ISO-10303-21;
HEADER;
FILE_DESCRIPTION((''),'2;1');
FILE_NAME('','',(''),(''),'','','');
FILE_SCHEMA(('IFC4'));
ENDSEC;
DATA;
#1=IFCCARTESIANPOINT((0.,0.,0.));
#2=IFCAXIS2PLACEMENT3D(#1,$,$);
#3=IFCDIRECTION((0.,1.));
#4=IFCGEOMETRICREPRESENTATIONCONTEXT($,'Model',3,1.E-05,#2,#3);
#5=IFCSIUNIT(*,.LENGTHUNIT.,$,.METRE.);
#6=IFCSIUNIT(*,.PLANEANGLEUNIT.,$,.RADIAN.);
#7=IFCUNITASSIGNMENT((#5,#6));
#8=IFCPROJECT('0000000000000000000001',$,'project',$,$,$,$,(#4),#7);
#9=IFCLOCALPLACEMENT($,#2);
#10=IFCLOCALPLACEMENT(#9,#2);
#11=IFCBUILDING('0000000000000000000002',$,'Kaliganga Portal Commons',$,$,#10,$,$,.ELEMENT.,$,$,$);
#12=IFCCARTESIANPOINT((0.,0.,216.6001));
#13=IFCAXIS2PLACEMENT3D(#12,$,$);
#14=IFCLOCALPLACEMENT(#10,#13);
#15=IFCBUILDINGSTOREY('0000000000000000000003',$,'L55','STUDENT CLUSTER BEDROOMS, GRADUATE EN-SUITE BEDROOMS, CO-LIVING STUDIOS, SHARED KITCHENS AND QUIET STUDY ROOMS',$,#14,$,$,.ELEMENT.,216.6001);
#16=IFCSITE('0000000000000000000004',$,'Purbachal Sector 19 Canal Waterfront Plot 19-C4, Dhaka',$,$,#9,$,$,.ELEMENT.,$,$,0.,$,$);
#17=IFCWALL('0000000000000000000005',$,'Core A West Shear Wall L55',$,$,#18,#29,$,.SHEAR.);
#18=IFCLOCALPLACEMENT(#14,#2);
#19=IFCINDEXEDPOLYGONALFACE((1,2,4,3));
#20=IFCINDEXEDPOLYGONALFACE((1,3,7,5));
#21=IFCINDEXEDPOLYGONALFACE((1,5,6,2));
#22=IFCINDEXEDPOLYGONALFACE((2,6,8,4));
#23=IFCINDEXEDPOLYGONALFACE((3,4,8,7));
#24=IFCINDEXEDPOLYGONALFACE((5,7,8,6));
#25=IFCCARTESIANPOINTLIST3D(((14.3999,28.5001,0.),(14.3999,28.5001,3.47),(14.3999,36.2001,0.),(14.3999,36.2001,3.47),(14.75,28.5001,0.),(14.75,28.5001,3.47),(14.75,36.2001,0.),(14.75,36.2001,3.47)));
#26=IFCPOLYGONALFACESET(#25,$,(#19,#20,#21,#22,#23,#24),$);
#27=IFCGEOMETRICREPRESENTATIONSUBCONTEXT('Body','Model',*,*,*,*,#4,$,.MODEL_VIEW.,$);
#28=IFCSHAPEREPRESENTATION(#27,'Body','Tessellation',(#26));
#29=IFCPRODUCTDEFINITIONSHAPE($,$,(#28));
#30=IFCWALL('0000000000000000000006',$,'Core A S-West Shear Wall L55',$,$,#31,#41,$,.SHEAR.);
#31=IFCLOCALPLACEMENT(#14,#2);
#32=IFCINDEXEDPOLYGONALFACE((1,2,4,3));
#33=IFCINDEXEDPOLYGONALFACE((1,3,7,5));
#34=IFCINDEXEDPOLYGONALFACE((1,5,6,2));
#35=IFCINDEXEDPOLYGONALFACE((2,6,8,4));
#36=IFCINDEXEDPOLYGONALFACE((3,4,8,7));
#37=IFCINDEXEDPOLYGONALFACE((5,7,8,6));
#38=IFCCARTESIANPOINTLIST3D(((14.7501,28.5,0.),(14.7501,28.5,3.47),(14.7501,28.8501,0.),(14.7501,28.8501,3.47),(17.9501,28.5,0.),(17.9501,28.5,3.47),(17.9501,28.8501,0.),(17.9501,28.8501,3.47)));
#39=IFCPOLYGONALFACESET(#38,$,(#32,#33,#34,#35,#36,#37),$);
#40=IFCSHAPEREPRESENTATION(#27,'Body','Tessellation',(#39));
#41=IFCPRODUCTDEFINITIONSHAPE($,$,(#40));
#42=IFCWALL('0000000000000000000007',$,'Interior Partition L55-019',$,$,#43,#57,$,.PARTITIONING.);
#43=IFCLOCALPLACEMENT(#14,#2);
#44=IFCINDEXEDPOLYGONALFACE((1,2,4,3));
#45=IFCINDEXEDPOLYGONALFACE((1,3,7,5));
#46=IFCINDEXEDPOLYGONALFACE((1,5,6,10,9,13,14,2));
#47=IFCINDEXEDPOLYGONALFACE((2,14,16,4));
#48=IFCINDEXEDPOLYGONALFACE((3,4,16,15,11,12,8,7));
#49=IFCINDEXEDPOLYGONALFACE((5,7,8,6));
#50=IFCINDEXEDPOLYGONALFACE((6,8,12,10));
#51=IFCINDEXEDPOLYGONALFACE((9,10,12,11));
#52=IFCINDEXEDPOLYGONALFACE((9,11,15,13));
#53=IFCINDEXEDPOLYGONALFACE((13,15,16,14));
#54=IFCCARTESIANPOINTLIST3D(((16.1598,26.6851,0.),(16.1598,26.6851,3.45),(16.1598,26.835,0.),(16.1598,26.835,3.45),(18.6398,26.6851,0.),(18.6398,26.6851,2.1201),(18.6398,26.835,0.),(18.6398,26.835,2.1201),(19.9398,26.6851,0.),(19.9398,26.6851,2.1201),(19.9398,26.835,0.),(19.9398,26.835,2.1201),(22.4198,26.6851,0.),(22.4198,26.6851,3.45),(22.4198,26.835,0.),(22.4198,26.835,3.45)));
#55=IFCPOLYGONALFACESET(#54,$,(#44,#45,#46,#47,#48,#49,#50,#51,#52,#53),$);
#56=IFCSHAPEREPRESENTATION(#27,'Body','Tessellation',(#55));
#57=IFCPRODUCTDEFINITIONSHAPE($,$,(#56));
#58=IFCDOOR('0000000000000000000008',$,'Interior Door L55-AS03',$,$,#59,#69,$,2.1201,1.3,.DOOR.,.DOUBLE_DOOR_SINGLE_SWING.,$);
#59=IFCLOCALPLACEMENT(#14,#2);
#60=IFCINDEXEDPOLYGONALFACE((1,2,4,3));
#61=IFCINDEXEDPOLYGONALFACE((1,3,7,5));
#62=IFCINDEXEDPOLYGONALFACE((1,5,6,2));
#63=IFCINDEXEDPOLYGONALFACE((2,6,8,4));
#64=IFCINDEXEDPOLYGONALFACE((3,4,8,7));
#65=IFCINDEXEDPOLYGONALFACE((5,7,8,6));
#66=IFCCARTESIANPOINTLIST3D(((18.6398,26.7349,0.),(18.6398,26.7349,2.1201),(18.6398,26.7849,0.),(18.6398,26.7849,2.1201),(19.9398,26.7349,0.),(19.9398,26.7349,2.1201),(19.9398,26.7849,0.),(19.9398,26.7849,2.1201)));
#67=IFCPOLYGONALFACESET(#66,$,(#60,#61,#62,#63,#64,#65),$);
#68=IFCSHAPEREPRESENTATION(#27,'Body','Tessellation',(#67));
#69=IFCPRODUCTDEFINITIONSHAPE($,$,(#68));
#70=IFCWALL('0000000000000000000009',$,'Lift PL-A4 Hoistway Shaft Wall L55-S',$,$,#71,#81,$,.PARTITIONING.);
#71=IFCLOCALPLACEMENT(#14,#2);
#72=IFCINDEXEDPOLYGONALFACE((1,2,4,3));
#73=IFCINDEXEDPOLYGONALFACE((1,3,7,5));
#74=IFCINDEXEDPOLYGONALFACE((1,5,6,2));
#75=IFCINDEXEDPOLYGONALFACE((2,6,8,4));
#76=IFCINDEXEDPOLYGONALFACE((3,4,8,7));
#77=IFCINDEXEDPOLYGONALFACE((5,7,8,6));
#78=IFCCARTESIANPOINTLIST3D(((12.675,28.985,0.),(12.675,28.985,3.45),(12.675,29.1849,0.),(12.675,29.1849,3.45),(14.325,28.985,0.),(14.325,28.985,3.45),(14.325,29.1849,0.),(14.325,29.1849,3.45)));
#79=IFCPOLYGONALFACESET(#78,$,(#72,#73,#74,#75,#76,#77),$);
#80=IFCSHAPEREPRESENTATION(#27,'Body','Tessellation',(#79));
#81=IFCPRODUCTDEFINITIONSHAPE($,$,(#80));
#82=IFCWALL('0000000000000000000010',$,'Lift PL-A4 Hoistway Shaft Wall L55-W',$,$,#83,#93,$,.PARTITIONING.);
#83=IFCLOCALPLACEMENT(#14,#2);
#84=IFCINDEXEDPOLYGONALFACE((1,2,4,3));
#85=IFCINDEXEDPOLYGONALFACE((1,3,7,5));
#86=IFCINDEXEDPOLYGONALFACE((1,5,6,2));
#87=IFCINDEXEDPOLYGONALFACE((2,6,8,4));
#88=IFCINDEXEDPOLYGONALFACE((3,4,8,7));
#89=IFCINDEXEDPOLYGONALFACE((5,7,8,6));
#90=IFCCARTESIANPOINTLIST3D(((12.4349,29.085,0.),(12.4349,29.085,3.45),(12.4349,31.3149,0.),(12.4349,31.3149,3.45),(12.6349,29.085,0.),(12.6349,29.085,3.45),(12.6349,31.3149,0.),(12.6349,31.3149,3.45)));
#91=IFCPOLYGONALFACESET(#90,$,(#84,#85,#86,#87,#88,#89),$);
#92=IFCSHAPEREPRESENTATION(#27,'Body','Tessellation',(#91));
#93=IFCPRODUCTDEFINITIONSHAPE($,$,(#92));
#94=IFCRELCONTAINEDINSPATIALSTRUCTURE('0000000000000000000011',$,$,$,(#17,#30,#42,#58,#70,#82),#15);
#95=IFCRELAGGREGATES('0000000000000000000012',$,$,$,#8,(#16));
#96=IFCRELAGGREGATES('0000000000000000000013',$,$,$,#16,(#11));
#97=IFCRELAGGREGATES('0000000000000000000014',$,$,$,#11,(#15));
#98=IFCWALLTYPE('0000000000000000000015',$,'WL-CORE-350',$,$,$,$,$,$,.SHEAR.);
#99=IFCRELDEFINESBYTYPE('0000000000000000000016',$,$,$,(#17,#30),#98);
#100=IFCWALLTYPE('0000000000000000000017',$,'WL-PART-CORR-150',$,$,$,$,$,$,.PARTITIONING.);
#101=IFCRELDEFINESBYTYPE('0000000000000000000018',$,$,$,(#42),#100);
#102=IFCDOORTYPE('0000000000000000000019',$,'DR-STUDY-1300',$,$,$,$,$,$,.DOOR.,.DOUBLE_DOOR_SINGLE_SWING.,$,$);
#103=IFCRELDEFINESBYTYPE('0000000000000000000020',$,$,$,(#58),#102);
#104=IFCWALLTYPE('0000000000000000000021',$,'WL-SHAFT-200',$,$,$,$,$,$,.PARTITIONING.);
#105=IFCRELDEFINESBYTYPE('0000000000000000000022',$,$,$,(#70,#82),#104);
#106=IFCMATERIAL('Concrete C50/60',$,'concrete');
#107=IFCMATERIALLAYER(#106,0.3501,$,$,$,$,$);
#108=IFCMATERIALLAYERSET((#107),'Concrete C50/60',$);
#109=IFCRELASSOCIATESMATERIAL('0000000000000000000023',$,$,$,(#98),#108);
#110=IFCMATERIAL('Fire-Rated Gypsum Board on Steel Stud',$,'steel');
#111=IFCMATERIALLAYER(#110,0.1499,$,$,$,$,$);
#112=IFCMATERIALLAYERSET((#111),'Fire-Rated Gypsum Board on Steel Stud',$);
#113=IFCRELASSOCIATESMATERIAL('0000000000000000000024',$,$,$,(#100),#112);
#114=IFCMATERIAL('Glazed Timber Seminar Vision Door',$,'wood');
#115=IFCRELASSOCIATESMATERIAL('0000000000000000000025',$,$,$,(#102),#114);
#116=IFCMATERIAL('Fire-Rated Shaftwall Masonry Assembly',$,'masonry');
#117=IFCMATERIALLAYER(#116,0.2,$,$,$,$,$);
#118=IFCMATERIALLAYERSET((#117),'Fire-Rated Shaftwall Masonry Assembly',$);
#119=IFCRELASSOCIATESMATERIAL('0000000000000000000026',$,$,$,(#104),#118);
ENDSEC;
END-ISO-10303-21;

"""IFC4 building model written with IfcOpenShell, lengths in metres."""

from ifc_helpers import new_model, si_unit, direction, frame, frame_2d, origin, place, context, subcontext, project, spatial, rectangle, extrude, material, layer, layer_set, type_object, element, fill, save


model = new_model("IFC4")

# Units and contexts
model_context = context("Model", 3, precision=1e-05, world=origin(), true_north=direction((0.0, 1.0)))
body_context = subcontext(model_context, "Body", "Model", "MODEL_VIEW")
ifc_project = project(units=[si_unit("LENGTHUNIT", "METRE"), si_unit("PLANEANGLEUNIT", "RADIAN")], contexts=[model_context])

# Site, building, storey
site_placement = place(None, origin())
site = spatial("IfcSite", under=ifc_project, at=site_placement, Name="Purbachal Sector 19 Canal Waterfront Plot 19-C4, Dhaka", CompositionType="ELEMENT", RefElevation=0.0)
building_placement = place(site_placement, origin())
building = spatial("IfcBuilding", under=site, at=building_placement, Name="Kaliganga Portal Commons", CompositionType="ELEMENT")
storey_placement = place(building_placement, frame((0.0, 0.0, 216.6001)))
storey = spatial("IfcBuildingStorey", under=building, at=storey_placement, Name="L55", Description="STUDENT CLUSTER BEDROOMS, GRADUATE EN-SUITE BEDROOMS, CO-LIVING STUDIOS, SHARED KITCHENS AND QUIET STUDY ROOMS", CompositionType="ELEMENT", Elevation=216.6001)

# Shared definitions
ifc_material_1 = material(Name="Concrete C50/60", Category="concrete")

# Walls
ifc_layer_1 = layer(ifc_material_1, 0.3501)
ifc_layer_set_1 = layer_set([ifc_layer_1], Name="Concrete C50/60")
wall_type_1 = type_object("IfcWallType", Name="WL-CORE-350", PredefinedType="SHEAR", material=ifc_layer_set_1)
wall_1_placement = place(storey_placement, frame((14.575, 28.5, 0.0), z_axis=(0.0, 0.0, 1.0), x_axis=(0.0, 1.0, 0.0)))
element("IfcWall", 1, at=wall_1_placement, inside=storey, type_object=wall_type_1, Name="Core A West Shear Wall L55", PredefinedType="SHEAR", context=body_context, shape_type="SweptSolid", body=[
    extrude(rectangle(XDim=7.7, YDim=0.3501, at=frame_2d((3.8501, 0.0))), origin(), (0.0, 0.0, 1.0), 3.47),
])
wall_2_placement = place(storey_placement, frame((14.75, 28.675, 0.0), z_axis=(0.0, 0.0, 1.0), x_axis=(1.0, 0.0, 0.0)))
element("IfcWall", 2, at=wall_2_placement, inside=storey, type_object=wall_type_1, Name="Core A S-West Shear Wall L55", PredefinedType="SHEAR", context=body_context, shape_type="SweptSolid", body=[
    extrude(rectangle(XDim=3.2, YDim=0.3501, at=frame_2d((1.6001, 0.0))), origin(), (0.0, 0.0, 1.0), 3.47),
])

# Wall, opening, door
ifc_material_2 = material(Name="Fire-Rated Gypsum Board on Steel Stud", Category="steel")
ifc_layer_2 = layer(ifc_material_2, 0.1499)
ifc_layer_set_2 = layer_set([ifc_layer_2], Name="Fire-Rated Gypsum Board on Steel Stud")
wall_type_2 = type_object("IfcWallType", Name="WL-PART-CORR-150", PredefinedType="PARTITIONING", material=ifc_layer_set_2)
wall_3_placement = place(storey_placement, frame((16.1599, 26.76, 0.0), z_axis=(0.0, 0.0, 1.0), x_axis=(1.0, 0.0, 0.0)))
wall_3 = element("IfcWall", 3, at=wall_3_placement, inside=storey, type_object=wall_type_2, Name="Interior Partition L55-019", PredefinedType="PARTITIONING", context=body_context, shape_type="SweptSolid", body=[
    extrude(rectangle(XDim=6.26, YDim=0.1499, at=frame_2d((3.1299, 0.0))), origin(), (0.0, 0.0, 1.0), 3.45),
])
opening_1_placement = place(wall_3_placement, frame((2.48, 0.0, 0.0)))
opening_1 = element("IfcOpeningElement", 4, at=opening_1_placement, cuts=wall_3, PredefinedType="OPENING", context=body_context, shape_type="SweptSolid", body=[
    extrude(rectangle(XDim=1.3, YDim=2.1201, at=frame_2d((0.6499, 1.0601))), frame((0.0, 0.085, 0.0), z_axis=(0.0, -1.0, 0.0), x_axis=(1.0, 0.0, 0.0)), (0.0, 0.0, 1.0), 0.1699),
])
ifc_material_3 = material(Name="Glazed Timber Seminar Vision Door", Category="wood")
door_type_1 = type_object("IfcDoorType", Name="DR-STUDY-1300", OperationType="DOUBLE_DOOR_SINGLE_SWING", PredefinedType="DOOR", material=ifc_material_3)
door_1_placement = place(opening_1_placement, origin())
door_1 = element("IfcDoor", 5, at=door_1_placement, inside=storey, type_object=door_type_1, Name="Interior Door L55-AS03", OperationType="DOUBLE_DOOR_SINGLE_SWING", OverallHeight=2.1201, OverallWidth=1.3, PredefinedType="DOOR", context=body_context, shape_type="SweptSolid", body=[
    extrude(rectangle(XDim=1.3, YDim=2.1201, at=frame_2d((0.6499, 1.0601))), frame((0.0, 0.0249, 0.0), z_axis=(0.0, -1.0, 0.0), x_axis=(1.0, 0.0, 0.0)), (0.0, 0.0, 1.0), 0.05),
])
fill(opening_1, door_1)

# Wall
ifc_material_4 = material(Name="Fire-Rated Shaftwall Masonry Assembly", Category="masonry")
ifc_layer_3 = layer(ifc_material_4, 0.2)
ifc_layer_set_3 = layer_set([ifc_layer_3], Name="Fire-Rated Shaftwall Masonry Assembly")
wall_type_3 = type_object("IfcWallType", Name="WL-SHAFT-200", PredefinedType="PARTITIONING", material=ifc_layer_set_3)
wall_4_placement = place(storey_placement, frame((12.675, 29.085, 0.0), z_axis=(0.0, 0.0, 1.0), x_axis=(1.0, 0.0, 0.0)))
element("IfcWall", 6, at=wall_4_placement, inside=storey, type_object=wall_type_3, Name="Lift PL-A4 Hoistway Shaft Wall L55-S", PredefinedType="PARTITIONING", context=body_context, shape_type="SweptSolid", body=[
    extrude(rectangle(XDim=1.6499, YDim=0.2, at=frame_2d((0.825, 0.0))), origin(), (0.0, 0.0, 1.0), 3.45),
])

# Wall
wall_5_placement = place(storey_placement, frame((12.5349, 29.085, 0.0), z_axis=(0.0, 0.0, 1.0), x_axis=(0.0, 1.0, 0.0)))
element("IfcWall", 7, at=wall_5_placement, inside=storey, type_object=wall_type_3, Name="Lift PL-A4 Hoistway Shaft Wall L55-W", PredefinedType="PARTITIONING", context=body_context, shape_type="SweptSolid", body=[
    extrude(rectangle(XDim=2.23, YDim=0.2, at=frame_2d((1.115, 0.0))), origin(), (0.0, 0.0, 1.0), 3.45),
])

save(model, "model.ifc")
